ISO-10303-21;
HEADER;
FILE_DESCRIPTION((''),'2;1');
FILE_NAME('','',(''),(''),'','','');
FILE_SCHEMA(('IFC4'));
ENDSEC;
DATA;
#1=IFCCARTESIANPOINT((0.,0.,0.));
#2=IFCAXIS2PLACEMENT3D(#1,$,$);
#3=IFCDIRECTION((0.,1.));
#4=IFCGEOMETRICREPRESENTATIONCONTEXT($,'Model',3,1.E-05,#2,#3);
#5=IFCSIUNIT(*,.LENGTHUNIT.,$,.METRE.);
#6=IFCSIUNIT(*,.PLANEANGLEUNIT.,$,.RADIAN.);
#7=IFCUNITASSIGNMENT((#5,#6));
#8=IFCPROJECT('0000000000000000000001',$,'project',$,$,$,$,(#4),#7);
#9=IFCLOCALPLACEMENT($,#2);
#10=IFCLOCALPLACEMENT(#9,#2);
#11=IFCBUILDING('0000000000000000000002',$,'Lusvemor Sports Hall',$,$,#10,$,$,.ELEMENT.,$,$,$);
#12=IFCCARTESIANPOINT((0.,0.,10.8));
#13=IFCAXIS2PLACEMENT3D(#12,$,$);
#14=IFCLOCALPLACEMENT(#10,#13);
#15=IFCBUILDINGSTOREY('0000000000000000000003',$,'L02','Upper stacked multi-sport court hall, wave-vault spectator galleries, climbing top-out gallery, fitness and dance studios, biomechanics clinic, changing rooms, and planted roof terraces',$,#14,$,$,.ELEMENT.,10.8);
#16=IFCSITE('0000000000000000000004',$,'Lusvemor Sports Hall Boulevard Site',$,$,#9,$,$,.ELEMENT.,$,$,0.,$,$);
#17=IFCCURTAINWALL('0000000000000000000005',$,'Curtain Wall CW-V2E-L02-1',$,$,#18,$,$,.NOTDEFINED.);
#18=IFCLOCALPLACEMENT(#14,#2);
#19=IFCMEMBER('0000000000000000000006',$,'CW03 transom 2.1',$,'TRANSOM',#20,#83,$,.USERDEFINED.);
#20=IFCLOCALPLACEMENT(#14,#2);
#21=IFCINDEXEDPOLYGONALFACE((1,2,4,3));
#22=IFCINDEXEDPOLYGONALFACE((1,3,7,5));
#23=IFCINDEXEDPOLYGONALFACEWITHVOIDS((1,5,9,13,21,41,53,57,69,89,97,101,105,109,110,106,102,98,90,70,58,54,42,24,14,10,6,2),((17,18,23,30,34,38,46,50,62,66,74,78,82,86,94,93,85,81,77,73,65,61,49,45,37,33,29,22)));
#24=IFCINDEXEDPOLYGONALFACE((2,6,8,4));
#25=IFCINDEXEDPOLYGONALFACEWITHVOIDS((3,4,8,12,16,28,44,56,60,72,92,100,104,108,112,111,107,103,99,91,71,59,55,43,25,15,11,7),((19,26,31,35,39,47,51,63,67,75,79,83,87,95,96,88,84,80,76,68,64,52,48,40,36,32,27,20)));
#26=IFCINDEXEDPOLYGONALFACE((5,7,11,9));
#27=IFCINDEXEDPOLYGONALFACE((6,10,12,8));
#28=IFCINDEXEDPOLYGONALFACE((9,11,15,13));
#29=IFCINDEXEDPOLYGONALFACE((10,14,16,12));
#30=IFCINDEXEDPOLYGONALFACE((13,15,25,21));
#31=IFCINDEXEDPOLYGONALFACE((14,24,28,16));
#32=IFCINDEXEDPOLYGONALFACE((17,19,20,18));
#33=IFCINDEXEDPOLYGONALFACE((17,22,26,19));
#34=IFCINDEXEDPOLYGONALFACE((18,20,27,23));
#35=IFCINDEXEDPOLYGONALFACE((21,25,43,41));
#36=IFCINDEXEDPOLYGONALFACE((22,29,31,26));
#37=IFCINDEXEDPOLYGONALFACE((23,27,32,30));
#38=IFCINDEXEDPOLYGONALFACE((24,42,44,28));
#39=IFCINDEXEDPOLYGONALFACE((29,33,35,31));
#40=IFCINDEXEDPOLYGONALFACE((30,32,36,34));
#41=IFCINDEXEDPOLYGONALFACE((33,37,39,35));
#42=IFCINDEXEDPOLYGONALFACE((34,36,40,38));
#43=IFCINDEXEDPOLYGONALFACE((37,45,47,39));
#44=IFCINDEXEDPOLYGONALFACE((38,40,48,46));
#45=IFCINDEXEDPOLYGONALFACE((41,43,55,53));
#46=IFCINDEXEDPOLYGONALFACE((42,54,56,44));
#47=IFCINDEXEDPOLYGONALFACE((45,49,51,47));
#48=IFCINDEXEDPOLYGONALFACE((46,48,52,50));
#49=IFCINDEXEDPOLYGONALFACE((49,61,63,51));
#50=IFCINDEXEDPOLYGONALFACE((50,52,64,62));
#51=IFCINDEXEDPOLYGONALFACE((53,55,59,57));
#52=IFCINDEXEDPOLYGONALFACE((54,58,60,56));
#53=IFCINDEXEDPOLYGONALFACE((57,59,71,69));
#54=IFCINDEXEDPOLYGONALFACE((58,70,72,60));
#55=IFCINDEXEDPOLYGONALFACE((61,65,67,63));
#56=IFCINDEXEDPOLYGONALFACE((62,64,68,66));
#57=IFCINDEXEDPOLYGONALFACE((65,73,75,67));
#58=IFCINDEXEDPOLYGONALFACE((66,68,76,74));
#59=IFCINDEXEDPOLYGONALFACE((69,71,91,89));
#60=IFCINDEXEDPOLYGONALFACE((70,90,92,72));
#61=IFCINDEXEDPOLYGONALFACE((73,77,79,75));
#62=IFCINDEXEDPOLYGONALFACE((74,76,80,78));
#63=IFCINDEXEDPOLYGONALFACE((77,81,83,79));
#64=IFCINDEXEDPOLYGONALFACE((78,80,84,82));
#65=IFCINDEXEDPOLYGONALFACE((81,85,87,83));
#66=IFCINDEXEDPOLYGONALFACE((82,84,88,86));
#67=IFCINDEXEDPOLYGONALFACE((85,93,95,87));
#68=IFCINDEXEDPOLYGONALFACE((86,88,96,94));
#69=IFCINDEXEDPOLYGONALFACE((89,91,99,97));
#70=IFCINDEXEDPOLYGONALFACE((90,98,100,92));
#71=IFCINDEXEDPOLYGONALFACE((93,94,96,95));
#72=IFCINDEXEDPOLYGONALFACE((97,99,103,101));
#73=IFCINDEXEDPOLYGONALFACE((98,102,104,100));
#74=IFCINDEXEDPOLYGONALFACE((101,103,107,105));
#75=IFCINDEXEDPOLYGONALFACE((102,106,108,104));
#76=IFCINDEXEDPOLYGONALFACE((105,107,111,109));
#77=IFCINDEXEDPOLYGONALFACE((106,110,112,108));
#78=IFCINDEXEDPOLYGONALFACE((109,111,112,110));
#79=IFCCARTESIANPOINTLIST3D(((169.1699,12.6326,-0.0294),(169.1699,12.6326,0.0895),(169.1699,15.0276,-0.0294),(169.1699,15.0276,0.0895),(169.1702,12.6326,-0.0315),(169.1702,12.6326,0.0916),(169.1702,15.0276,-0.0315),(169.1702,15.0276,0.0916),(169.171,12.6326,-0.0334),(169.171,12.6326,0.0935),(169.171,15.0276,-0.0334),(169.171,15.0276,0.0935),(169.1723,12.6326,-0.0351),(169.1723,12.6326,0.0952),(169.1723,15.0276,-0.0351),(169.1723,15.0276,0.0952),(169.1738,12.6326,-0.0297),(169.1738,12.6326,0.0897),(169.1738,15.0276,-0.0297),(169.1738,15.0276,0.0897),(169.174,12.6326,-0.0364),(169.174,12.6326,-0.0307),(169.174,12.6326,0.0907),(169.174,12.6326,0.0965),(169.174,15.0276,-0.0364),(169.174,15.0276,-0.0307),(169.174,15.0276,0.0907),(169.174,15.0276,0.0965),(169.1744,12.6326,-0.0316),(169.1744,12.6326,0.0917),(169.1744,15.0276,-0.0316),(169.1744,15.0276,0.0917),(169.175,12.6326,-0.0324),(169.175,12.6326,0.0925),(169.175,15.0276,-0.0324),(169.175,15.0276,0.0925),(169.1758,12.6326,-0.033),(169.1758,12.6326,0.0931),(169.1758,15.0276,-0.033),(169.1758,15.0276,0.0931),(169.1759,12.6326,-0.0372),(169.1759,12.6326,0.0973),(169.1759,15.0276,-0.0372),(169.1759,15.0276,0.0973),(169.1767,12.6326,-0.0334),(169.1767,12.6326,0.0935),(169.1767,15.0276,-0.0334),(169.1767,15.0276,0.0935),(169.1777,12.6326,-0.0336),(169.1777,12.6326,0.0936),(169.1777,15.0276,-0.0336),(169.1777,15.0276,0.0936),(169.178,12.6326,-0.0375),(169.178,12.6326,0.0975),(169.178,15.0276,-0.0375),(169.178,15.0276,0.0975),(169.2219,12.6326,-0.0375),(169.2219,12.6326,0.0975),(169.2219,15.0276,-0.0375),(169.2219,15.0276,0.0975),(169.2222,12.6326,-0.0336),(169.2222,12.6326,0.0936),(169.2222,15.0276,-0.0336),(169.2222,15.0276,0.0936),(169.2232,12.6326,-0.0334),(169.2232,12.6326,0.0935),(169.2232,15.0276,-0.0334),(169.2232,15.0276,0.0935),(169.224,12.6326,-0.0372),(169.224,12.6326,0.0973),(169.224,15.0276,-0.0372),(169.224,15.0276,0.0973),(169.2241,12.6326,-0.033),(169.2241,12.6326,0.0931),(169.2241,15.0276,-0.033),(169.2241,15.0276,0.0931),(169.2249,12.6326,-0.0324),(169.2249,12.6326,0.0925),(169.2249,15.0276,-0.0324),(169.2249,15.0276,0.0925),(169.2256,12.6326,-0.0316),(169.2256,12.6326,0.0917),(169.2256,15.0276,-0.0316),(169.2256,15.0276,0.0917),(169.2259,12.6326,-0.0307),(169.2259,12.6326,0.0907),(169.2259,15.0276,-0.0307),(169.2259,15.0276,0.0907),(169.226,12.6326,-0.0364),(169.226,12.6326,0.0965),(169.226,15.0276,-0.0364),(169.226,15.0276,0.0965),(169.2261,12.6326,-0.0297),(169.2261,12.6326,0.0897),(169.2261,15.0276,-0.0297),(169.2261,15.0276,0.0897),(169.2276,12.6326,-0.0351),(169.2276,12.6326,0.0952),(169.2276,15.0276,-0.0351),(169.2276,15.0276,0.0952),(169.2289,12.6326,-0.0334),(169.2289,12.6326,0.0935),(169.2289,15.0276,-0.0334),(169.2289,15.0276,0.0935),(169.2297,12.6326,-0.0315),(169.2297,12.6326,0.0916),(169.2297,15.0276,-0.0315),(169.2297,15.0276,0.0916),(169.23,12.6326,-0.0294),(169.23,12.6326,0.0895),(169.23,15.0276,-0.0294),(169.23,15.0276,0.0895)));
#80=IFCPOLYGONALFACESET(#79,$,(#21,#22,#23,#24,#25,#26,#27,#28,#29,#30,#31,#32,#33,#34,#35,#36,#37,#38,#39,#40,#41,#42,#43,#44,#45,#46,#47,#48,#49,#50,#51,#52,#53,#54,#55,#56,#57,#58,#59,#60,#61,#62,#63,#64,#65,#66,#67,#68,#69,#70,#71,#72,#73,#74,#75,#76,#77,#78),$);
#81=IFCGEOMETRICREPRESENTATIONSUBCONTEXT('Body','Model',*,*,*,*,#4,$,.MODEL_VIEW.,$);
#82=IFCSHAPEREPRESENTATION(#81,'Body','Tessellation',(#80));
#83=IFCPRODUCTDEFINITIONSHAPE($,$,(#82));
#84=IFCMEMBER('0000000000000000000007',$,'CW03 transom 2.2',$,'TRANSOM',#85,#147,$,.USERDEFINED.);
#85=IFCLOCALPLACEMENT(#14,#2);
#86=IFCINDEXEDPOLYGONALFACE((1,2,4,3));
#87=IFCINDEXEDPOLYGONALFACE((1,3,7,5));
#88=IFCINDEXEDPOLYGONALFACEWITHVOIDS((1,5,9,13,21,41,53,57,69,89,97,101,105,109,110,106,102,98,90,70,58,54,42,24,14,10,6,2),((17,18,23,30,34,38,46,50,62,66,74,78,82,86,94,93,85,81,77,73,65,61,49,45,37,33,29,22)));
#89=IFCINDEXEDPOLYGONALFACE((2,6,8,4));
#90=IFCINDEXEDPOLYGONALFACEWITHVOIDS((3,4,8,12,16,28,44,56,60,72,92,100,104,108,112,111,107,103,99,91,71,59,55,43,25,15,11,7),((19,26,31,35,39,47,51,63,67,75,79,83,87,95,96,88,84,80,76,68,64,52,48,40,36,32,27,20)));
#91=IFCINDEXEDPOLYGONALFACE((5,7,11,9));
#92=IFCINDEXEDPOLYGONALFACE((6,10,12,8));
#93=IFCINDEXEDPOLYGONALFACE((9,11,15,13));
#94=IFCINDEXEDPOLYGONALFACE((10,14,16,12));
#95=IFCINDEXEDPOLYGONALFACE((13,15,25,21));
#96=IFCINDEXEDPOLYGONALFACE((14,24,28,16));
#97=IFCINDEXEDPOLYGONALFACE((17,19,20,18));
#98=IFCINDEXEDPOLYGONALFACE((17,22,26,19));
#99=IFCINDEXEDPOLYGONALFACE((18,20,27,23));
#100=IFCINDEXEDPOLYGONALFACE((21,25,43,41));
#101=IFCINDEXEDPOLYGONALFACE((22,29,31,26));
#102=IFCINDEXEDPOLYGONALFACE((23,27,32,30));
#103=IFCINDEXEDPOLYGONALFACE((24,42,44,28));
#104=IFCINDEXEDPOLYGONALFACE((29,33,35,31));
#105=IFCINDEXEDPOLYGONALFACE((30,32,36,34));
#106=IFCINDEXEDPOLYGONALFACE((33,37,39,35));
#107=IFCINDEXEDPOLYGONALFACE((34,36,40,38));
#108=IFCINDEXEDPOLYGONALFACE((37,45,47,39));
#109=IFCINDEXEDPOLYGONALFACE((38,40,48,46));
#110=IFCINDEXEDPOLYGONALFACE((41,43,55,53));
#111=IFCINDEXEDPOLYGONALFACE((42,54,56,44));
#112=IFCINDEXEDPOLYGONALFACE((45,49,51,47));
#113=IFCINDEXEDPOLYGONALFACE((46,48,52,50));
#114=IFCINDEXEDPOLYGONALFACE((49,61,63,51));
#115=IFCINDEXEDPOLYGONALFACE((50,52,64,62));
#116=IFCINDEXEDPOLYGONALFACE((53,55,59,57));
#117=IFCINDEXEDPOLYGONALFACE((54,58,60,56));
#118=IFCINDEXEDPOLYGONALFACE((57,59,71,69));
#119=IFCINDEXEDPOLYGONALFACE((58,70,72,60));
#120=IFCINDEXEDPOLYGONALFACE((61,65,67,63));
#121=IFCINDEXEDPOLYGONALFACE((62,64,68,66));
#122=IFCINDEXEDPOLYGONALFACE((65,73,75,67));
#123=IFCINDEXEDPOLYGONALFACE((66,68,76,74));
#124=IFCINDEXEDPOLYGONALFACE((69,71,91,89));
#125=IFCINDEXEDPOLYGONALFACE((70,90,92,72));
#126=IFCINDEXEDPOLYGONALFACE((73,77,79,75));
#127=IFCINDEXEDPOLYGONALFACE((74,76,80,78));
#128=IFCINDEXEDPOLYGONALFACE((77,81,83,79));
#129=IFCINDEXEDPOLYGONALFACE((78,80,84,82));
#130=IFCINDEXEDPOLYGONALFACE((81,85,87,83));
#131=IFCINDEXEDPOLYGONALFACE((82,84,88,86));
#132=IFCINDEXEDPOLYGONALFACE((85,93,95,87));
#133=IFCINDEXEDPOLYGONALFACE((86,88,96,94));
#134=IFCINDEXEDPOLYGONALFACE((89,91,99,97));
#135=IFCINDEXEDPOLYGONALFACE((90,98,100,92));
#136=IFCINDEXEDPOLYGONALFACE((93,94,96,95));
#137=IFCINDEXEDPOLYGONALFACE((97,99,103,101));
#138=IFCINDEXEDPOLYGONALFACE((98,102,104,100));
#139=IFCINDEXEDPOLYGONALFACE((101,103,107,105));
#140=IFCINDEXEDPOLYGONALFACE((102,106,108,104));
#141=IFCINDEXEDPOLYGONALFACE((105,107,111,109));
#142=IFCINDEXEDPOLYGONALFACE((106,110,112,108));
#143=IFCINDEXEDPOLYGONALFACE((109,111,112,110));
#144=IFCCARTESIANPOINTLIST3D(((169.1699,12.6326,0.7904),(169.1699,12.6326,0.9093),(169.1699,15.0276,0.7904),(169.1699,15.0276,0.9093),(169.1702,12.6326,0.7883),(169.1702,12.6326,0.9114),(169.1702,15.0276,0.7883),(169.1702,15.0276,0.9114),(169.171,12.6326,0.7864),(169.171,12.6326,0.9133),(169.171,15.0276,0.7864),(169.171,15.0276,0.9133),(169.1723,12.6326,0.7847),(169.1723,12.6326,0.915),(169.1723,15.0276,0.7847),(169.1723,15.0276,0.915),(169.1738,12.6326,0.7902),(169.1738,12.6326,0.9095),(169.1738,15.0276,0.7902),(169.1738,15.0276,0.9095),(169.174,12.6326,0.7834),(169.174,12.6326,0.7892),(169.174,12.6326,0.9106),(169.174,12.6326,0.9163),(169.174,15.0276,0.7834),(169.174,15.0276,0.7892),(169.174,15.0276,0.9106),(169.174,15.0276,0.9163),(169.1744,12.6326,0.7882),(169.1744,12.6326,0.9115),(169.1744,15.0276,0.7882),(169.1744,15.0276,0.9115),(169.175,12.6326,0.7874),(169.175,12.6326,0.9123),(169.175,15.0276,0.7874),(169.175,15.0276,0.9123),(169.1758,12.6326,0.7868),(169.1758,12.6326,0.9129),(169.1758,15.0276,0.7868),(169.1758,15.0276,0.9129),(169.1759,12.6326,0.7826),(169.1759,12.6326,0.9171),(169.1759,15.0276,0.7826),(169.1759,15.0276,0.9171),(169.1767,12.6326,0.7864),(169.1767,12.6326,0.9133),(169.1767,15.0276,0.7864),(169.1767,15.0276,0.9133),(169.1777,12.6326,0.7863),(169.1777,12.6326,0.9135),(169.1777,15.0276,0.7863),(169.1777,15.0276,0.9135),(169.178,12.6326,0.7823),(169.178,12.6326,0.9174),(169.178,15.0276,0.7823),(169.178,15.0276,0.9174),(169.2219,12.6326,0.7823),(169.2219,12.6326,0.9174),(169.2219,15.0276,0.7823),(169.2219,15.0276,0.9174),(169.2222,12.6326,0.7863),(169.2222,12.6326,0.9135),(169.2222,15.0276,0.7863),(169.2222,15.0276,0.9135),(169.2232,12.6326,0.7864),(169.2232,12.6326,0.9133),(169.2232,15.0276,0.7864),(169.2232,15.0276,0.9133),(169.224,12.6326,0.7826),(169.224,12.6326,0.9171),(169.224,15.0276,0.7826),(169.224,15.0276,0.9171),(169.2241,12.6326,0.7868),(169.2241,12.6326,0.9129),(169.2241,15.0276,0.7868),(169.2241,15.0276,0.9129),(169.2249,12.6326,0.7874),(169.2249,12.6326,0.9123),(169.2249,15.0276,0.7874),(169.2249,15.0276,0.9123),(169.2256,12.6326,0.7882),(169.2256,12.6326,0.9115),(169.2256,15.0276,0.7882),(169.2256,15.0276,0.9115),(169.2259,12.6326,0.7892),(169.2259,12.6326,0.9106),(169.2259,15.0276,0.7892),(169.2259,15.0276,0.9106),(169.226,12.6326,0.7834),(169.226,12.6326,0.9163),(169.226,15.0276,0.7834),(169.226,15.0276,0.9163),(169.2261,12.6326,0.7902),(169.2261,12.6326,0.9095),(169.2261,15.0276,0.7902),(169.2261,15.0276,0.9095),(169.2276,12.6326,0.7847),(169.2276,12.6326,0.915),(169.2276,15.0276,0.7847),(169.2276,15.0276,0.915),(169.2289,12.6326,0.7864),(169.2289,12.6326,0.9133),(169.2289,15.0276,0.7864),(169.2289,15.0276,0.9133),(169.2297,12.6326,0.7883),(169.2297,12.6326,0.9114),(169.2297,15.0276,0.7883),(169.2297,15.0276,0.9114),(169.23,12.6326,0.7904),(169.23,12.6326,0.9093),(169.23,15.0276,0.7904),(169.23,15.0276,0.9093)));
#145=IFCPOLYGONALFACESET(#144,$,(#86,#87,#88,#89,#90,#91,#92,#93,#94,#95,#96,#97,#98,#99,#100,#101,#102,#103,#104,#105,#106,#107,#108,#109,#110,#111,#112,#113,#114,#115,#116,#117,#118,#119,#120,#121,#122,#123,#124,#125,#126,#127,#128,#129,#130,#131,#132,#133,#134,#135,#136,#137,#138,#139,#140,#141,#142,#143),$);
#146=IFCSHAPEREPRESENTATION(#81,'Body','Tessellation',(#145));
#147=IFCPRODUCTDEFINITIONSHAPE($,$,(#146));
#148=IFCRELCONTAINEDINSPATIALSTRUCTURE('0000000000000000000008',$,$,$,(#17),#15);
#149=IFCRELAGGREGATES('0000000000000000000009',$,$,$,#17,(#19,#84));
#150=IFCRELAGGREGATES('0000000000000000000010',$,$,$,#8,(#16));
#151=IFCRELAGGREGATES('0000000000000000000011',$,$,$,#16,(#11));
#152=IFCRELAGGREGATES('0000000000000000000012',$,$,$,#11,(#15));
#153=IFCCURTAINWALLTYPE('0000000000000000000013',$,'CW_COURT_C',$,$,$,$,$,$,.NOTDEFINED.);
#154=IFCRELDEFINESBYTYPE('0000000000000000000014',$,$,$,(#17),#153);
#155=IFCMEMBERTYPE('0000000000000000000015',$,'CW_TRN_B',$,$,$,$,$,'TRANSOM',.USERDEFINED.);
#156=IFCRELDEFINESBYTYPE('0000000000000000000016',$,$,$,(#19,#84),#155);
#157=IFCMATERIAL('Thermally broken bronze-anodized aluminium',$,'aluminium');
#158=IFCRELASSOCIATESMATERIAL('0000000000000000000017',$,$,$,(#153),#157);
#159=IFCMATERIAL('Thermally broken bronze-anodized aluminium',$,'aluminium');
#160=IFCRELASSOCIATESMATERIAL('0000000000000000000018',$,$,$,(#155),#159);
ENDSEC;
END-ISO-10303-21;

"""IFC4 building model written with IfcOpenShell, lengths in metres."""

from ifc_helpers import new_model, si_unit, direction, frame, origin, origin_2d, place, context, subcontext, project, spatial, hollow_rectangle, extrude, material, material_profile, profile_set, type_object, element, aggregate, save


model = new_model("IFC4")

# Units and contexts
model_context = context("Model", 3, precision=1e-05, world=origin(), true_north=direction((0.0, 1.0)))
body_context = subcontext(model_context, "Body", "Model", "MODEL_VIEW")
ifc_project = project(units=[si_unit("LENGTHUNIT", "METRE"), si_unit("PLANEANGLEUNIT", "RADIAN")], contexts=[model_context])

# Site, building, storey
site_placement = place(None, origin())
site = spatial("IfcSite", under=ifc_project, at=site_placement, Name="Lusvemor Sports Hall Boulevard Site", CompositionType="ELEMENT", RefElevation=0.0)
building_placement = place(site_placement, origin())
building = spatial("IfcBuilding", under=site, at=building_placement, Name="Lusvemor Sports Hall", CompositionType="ELEMENT")
storey_placement = place(building_placement, frame((0.0, 0.0, 10.8)))
storey = spatial("IfcBuildingStorey", under=building, at=storey_placement, Name="L02", Description="Upper stacked multi-sport court hall, wave-vault spectator galleries, climbing top-out gallery, fitness and dance studios, biomechanics clinic, changing rooms, and planted roof terraces", CompositionType="ELEMENT", Elevation=10.8)

# Curtain wall, members
ifc_material_1 = material(Name="Thermally broken bronze-anodized aluminium", Category="aluminium")
curtain_wall_type = type_object("IfcCurtainWallType", Name="CW_COURT_C", PredefinedType="NOTDEFINED", material=ifc_material_1)
curtain_wall_placement = place(storey_placement, origin())
curtain_wall = element("IfcCurtainWall", 1, at=curtain_wall_placement, inside=storey, type_object=curtain_wall_type, Name="Curtain Wall CW-V2E-L02-1", PredefinedType="NOTDEFINED")
ifc_material_2 = material(Name="Thermally broken bronze-anodized aluminium", Category="aluminium")
ifc_material_profile_1 = material_profile(ifc_material_2, hollow_rectangle(XDim=0.0601, YDim=0.135, WallThickness=0.0039, InnerFilletRadius=0.0039, OuterFilletRadius=0.0081, at=origin_2d()), Name="CWTRN135x60x4")
ifc_profile_set_1 = profile_set([ifc_material_profile_1], Name="Thermally broken bronze-anodized aluminium")
member_type_1 = type_object("IfcMemberType", Name="CW_TRN_B", ElementType="TRANSOM", PredefinedType="USERDEFINED", material=ifc_profile_set_1)
member_1_placement = place(storey_placement, frame((169.2, 15.0276, 0.03), z_axis=(0.0, -1.0, 0.0), x_axis=(1.0, 0.0, 0.0)))
member_1 = element("IfcMember", 2, at=member_1_placement, type_object=member_type_1, Name="CW03 transom 2.1", ObjectType="TRANSOM", PredefinedType="USERDEFINED", context=body_context, shape_type="SweptSolid", body=[
    extrude(hollow_rectangle(XDim=0.0601, YDim=0.135, WallThickness=0.0039, InnerFilletRadius=0.0039, OuterFilletRadius=0.0081, at=origin_2d()), origin(), (0.0, 0.0, 1.0), 2.395),
])
member_2_placement = place(storey_placement, frame((169.2, 15.0276, 0.8499), z_axis=(0.0, -1.0, 0.0), x_axis=(1.0, 0.0, 0.0)))
member_2 = element("IfcMember", 3, at=member_2_placement, type_object=member_type_1, Name="CW03 transom 2.2", ObjectType="TRANSOM", PredefinedType="USERDEFINED", context=body_context, shape_type="SweptSolid", body=[
    extrude(hollow_rectangle(XDim=0.0601, YDim=0.135, WallThickness=0.0039, InnerFilletRadius=0.0039, OuterFilletRadius=0.0081, at=origin_2d()), origin(), (0.0, 0.0, 1.0), 2.395),
])

aggregate(curtain_wall, [member_1, member_2])

save(model, "model.ifc")
